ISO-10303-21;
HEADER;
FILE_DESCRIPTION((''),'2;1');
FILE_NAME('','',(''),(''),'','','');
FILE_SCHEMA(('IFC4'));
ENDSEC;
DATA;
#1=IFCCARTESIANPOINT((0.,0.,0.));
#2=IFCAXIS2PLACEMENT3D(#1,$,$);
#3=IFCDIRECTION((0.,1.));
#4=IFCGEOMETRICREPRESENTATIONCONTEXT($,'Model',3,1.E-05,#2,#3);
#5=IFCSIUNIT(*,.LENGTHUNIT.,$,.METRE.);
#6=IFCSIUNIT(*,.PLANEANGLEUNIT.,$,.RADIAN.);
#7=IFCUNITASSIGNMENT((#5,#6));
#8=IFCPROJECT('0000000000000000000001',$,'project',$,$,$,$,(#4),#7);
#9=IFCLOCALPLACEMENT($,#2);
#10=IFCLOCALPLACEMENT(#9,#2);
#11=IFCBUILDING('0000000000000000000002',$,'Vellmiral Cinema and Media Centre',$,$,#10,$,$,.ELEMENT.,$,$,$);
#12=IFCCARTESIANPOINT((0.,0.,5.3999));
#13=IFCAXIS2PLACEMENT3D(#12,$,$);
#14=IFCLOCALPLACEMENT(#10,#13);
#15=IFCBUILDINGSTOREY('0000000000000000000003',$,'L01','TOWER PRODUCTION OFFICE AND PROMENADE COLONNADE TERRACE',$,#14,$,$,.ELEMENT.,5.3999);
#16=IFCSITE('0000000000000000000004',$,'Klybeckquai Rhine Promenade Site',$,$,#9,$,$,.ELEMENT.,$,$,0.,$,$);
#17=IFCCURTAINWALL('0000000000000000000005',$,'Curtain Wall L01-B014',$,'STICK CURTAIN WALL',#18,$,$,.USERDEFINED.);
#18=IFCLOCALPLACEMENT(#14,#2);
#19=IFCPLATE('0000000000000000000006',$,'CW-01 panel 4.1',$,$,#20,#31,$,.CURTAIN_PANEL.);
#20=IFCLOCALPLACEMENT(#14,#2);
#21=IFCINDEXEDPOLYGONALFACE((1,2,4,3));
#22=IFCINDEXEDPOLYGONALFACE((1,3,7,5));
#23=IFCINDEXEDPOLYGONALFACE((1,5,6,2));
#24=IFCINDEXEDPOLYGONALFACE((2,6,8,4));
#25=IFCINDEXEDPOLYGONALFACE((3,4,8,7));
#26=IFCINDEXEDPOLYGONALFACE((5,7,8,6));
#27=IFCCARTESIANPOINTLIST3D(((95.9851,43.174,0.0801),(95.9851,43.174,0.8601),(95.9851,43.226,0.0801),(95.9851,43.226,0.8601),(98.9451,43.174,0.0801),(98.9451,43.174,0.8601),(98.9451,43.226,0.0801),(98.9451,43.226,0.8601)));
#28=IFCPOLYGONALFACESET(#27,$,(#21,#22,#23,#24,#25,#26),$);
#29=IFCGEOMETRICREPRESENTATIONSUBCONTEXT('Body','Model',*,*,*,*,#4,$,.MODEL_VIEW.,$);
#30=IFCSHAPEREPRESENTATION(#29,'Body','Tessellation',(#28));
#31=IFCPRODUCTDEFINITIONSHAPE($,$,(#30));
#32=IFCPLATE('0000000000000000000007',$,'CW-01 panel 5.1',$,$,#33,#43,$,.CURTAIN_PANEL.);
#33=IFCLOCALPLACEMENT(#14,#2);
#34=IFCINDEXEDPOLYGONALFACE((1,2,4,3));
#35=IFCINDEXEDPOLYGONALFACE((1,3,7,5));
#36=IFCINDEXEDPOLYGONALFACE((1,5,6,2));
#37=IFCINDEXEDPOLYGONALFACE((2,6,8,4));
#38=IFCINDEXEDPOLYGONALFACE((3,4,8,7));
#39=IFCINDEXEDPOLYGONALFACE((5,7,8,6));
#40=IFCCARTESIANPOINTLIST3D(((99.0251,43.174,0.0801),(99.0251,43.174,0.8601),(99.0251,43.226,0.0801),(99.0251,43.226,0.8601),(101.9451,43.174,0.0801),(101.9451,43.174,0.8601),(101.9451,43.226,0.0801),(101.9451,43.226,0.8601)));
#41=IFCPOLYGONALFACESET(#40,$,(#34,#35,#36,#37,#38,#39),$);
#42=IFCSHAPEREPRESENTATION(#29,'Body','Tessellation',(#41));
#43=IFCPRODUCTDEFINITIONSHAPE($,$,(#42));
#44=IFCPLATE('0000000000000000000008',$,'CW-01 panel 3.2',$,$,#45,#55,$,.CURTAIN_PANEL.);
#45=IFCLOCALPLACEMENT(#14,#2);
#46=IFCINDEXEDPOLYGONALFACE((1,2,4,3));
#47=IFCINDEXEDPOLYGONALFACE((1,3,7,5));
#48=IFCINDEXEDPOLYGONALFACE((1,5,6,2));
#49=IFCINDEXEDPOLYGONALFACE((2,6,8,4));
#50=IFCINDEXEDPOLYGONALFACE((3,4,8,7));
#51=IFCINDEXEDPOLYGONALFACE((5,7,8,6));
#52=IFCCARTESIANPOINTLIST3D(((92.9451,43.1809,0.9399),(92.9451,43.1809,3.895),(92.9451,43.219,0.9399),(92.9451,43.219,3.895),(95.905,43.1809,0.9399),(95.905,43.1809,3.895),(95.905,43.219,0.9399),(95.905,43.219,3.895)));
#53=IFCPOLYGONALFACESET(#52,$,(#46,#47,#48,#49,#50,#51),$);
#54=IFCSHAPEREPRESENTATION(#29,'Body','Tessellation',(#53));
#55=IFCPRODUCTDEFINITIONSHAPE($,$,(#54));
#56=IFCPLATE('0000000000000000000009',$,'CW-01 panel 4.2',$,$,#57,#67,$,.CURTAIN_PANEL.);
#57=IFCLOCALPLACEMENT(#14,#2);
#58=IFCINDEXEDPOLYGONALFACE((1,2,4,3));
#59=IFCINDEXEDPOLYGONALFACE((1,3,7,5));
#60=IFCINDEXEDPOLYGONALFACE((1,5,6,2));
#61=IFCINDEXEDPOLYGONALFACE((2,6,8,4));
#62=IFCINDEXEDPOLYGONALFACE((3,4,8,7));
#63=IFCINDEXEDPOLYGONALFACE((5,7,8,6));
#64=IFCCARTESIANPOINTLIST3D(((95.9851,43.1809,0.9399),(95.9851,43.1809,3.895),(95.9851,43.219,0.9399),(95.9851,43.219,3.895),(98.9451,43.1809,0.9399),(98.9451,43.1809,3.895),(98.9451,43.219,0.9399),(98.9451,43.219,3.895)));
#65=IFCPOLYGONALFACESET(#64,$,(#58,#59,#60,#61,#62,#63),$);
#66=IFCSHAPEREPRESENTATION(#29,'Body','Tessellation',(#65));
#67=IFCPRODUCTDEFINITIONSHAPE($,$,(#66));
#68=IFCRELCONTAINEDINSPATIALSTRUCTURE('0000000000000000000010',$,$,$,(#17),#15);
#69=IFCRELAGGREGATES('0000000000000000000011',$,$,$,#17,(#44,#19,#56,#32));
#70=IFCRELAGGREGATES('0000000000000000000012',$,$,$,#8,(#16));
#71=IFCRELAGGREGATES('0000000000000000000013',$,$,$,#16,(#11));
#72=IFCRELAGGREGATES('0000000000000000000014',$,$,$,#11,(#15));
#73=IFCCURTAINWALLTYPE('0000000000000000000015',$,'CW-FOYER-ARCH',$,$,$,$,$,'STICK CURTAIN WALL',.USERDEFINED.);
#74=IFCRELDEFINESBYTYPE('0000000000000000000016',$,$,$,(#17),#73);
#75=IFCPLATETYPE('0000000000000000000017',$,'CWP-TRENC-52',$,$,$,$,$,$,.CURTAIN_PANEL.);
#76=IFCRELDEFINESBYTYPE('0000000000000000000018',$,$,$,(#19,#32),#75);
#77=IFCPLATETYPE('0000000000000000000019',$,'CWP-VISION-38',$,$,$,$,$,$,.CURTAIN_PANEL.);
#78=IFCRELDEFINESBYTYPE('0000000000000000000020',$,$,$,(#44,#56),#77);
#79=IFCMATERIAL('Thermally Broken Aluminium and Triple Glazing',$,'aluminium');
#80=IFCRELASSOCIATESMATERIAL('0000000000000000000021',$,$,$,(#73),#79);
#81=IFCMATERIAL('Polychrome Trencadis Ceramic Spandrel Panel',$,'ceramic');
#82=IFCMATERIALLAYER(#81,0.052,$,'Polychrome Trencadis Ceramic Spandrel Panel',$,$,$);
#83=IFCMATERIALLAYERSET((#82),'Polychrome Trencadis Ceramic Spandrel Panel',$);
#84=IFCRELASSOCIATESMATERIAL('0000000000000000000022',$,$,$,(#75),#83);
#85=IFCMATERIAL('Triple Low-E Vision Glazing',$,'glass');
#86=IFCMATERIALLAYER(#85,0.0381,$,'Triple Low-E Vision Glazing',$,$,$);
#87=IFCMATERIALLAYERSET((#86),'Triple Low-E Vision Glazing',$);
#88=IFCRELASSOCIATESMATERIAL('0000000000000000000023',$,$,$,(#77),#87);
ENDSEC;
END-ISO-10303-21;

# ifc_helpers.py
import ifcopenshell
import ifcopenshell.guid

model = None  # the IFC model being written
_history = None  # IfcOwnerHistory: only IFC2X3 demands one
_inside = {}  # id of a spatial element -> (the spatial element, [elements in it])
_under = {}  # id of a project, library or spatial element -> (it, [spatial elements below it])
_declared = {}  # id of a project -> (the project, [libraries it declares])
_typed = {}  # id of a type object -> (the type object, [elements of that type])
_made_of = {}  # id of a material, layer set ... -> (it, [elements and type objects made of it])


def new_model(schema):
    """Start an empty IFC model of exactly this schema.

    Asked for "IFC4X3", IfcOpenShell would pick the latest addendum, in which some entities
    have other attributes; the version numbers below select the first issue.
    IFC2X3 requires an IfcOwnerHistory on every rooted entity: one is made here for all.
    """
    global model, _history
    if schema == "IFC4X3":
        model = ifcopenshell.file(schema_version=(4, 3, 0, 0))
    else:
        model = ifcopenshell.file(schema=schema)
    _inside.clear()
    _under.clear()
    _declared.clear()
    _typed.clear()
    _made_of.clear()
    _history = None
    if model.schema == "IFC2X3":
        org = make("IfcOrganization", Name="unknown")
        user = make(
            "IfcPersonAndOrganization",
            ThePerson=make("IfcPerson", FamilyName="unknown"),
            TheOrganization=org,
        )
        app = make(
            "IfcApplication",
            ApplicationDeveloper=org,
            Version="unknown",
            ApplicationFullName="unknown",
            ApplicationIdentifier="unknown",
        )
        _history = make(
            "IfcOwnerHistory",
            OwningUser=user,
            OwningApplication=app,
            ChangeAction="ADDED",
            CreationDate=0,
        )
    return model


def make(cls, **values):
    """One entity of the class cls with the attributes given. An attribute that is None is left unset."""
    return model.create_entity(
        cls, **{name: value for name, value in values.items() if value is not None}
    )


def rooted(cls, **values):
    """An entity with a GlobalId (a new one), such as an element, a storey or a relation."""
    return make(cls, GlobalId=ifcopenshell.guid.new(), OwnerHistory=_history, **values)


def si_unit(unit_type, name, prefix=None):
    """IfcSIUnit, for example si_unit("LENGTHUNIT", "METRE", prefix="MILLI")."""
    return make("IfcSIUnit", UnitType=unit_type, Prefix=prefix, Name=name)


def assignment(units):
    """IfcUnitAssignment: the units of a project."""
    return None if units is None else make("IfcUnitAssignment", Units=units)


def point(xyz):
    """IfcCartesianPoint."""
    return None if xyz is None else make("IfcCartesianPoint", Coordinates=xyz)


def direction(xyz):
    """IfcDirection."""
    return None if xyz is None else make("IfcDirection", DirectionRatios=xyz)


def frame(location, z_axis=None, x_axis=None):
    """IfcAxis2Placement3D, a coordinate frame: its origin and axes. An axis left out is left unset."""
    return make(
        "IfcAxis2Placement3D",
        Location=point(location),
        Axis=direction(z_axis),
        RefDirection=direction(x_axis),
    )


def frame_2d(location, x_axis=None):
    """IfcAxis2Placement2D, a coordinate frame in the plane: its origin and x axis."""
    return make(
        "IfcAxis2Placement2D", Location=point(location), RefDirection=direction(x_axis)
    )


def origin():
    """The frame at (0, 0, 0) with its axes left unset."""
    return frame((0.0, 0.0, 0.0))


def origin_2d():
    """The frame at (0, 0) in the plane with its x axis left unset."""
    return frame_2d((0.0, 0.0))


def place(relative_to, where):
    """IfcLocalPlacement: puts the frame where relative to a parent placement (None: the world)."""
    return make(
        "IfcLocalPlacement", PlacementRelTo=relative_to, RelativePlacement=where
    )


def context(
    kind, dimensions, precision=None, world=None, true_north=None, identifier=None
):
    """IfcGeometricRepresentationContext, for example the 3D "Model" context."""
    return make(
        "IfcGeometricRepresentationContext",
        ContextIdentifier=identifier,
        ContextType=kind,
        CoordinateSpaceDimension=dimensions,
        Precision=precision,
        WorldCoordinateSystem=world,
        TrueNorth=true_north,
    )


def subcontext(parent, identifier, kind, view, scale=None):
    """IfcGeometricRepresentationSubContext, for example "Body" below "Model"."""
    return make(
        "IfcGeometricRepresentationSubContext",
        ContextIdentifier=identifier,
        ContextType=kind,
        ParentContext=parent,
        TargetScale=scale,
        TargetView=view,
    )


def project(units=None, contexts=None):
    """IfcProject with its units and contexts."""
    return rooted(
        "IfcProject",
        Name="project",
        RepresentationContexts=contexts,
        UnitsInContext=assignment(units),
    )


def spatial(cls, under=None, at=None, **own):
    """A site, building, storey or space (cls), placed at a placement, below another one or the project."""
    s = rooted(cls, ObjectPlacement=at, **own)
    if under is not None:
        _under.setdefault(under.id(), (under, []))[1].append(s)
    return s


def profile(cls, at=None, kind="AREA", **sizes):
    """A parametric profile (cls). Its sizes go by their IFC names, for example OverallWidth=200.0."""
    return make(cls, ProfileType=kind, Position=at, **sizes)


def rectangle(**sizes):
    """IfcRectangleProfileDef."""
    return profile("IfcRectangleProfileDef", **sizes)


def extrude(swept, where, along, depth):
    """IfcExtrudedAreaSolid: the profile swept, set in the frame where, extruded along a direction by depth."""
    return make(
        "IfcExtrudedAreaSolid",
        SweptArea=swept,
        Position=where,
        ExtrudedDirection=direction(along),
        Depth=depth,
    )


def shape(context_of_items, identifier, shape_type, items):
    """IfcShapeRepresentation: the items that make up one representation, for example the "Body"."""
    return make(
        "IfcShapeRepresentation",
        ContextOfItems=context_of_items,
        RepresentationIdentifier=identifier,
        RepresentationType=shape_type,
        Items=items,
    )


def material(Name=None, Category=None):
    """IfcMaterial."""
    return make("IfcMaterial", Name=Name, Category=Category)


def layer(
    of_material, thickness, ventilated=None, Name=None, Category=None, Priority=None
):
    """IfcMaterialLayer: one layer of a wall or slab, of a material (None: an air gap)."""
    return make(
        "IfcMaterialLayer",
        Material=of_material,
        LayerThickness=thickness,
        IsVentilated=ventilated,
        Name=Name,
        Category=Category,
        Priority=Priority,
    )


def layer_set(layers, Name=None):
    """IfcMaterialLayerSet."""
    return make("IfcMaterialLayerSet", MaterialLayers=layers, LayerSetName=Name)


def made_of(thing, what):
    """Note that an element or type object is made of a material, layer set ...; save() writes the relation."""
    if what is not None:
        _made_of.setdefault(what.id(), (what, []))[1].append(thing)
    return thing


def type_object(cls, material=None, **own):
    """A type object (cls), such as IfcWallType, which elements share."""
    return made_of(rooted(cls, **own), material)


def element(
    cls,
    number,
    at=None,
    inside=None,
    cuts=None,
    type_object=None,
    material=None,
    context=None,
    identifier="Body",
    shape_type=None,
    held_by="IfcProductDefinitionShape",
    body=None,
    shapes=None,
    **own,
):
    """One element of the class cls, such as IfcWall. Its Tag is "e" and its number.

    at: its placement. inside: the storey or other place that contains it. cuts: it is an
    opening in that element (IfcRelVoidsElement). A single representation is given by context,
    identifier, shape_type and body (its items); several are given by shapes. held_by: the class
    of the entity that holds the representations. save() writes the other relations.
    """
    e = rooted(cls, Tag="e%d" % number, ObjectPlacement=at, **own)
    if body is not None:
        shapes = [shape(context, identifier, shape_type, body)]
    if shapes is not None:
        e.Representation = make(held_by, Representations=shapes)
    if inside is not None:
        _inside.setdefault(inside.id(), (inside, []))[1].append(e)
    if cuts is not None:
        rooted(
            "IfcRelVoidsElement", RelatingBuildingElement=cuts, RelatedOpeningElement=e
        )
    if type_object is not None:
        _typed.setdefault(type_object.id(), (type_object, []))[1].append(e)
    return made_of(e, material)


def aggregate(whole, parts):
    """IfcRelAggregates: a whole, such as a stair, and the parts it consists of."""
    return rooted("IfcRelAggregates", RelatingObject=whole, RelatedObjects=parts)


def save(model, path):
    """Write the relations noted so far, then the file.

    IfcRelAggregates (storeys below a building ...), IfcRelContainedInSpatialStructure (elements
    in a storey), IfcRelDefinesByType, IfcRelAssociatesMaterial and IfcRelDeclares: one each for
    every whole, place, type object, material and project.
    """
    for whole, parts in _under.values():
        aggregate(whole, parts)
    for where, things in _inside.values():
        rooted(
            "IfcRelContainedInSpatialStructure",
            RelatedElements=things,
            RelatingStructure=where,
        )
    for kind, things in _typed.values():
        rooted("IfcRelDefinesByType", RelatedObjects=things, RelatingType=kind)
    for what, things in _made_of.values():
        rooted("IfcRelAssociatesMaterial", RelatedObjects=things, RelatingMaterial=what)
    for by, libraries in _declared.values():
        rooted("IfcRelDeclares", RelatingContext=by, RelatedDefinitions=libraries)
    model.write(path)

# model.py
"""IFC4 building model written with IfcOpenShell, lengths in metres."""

from ifc_helpers import new_model, si_unit, direction, frame, origin, origin_2d, place, context, subcontext, project, spatial, rectangle, extrude, material, layer, layer_set, type_object, element, aggregate, save


model = new_model("IFC4")

# Units and contexts
model_context = context("Model", 3, precision=1e-05, world=origin(), true_north=direction((0.0, 1.0)))
body_context = subcontext(model_context, "Body", "Model", "MODEL_VIEW")
ifc_project = project(units=[si_unit("LENGTHUNIT", "METRE"), si_unit("PLANEANGLEUNIT", "RADIAN")], contexts=[model_context])

# Site, building, storey
site_placement = place(None, origin())
site = spatial("IfcSite", under=ifc_project, at=site_placement, Name="Klybeckquai Rhine Promenade Site", CompositionType="ELEMENT", RefElevation=0.0)
building_placement = place(site_placement, origin())
building = spatial("IfcBuilding", under=site, at=building_placement, Name="Vellmiral Cinema and Media Centre", CompositionType="ELEMENT")
storey_placement = place(building_placement, frame((0.0, 0.0, 5.3999)))
storey = spatial("IfcBuildingStorey", under=building, at=storey_placement, Name="L01", Description="TOWER PRODUCTION OFFICE AND PROMENADE COLONNADE TERRACE", CompositionType="ELEMENT", Elevation=5.3999)

# Curtain wall
ifc_material_1 = material(Name="Thermally Broken Aluminium and Triple Glazing", Category="aluminium")
curtain_wall_type = type_object("IfcCurtainWallType", Name="CW-FOYER-ARCH", ElementType="STICK CURTAIN WALL", PredefinedType="USERDEFINED", material=ifc_material_1)
curtain_wall_placement = place(storey_placement, origin())
curtain_wall = element("IfcCurtainWall", 1, at=curtain_wall_placement, inside=storey, type_object=curtain_wall_type, Name="Curtain Wall L01-B014", ObjectType="STICK CURTAIN WALL", PredefinedType="USERDEFINED")

# Plates
ifc_material_2 = material(Name="Polychrome Trencadis Ceramic Spandrel Panel", Category="ceramic")
ifc_layer_1 = layer(ifc_material_2, 0.052, Name="Polychrome Trencadis Ceramic Spandrel Panel")
ifc_layer_set_1 = layer_set([ifc_layer_1], Name="Polychrome Trencadis Ceramic Spandrel Panel")
plate_type_1 = type_object("IfcPlateType", Name="CWP-TRENC-52", PredefinedType="CURTAIN_PANEL", material=ifc_layer_set_1)
plate_1_placement = place(storey_placement, frame((97.4651, 43.2, 0.0801), z_axis=(0.0, 0.0, 1.0), x_axis=(1.0, 0.0, 0.0)))
plate_1 = element("IfcPlate", 2, at=plate_1_placement, type_object=plate_type_1, Name="CW-01 panel 4.1", PredefinedType="CURTAIN_PANEL", context=body_context, shape_type="SweptSolid", body=[
    extrude(rectangle(XDim=2.96, YDim=0.052, at=origin_2d()), origin(), (0.0, 0.0, 1.0), 0.78),
])
plate_2_placement = place(storey_placement, frame((100.4851, 43.2, 0.0801), z_axis=(0.0, 0.0, 1.0), x_axis=(1.0, 0.0, 0.0)))
plate_2 = element("IfcPlate", 3, at=plate_2_placement, type_object=plate_type_1, Name="CW-01 panel 5.1", PredefinedType="CURTAIN_PANEL", context=body_context, shape_type="SweptSolid", body=[
    extrude(rectangle(XDim=2.9199, YDim=0.052, at=origin_2d()), origin(), (0.0, 0.0, 1.0), 0.78),
])
ifc_material_3 = material(Name="Triple Low-E Vision Glazing", Category="glass")
ifc_layer_2 = layer(ifc_material_3, 0.0381, Name="Triple Low-E Vision Glazing")
ifc_layer_set_2 = layer_set([ifc_layer_2], Name="Triple Low-E Vision Glazing")
plate_type_2 = type_object("IfcPlateType", Name="CWP-VISION-38", PredefinedType="CURTAIN_PANEL", material=ifc_layer_set_2)
plate_3_placement = place(storey_placement, frame((94.425, 43.2, 0.9399), z_axis=(0.0, 0.0, 1.0), x_axis=(1.0, 0.0, 0.0)))
plate_3 = element("IfcPlate", 4, at=plate_3_placement, type_object=plate_type_2, Name="CW-01 panel 3.2", PredefinedType="CURTAIN_PANEL", context=body_context, shape_type="SweptSolid", body=[
    extrude(rectangle(XDim=2.96, YDim=0.0381, at=origin_2d()), origin(), (0.0, 0.0, 1.0), 2.9551),
])
plate_4_placement = place(storey_placement, frame((97.4651, 43.2, 0.9399), z_axis=(0.0, 0.0, 1.0), x_axis=(1.0, 0.0, 0.0)))
plate_4 = element("IfcPlate", 5, at=plate_4_placement, type_object=plate_type_2, Name="CW-01 panel 4.2", PredefinedType="CURTAIN_PANEL", context=body_context, shape_type="SweptSolid", body=[
    extrude(rectangle(XDim=2.96, YDim=0.0381, at=origin_2d()), origin(), (0.0, 0.0, 1.0), 2.9551),
])
aggregate(curtain_wall, [plate_3, plate_1, plate_4, plate_2])

save(model, "model.ifc")
